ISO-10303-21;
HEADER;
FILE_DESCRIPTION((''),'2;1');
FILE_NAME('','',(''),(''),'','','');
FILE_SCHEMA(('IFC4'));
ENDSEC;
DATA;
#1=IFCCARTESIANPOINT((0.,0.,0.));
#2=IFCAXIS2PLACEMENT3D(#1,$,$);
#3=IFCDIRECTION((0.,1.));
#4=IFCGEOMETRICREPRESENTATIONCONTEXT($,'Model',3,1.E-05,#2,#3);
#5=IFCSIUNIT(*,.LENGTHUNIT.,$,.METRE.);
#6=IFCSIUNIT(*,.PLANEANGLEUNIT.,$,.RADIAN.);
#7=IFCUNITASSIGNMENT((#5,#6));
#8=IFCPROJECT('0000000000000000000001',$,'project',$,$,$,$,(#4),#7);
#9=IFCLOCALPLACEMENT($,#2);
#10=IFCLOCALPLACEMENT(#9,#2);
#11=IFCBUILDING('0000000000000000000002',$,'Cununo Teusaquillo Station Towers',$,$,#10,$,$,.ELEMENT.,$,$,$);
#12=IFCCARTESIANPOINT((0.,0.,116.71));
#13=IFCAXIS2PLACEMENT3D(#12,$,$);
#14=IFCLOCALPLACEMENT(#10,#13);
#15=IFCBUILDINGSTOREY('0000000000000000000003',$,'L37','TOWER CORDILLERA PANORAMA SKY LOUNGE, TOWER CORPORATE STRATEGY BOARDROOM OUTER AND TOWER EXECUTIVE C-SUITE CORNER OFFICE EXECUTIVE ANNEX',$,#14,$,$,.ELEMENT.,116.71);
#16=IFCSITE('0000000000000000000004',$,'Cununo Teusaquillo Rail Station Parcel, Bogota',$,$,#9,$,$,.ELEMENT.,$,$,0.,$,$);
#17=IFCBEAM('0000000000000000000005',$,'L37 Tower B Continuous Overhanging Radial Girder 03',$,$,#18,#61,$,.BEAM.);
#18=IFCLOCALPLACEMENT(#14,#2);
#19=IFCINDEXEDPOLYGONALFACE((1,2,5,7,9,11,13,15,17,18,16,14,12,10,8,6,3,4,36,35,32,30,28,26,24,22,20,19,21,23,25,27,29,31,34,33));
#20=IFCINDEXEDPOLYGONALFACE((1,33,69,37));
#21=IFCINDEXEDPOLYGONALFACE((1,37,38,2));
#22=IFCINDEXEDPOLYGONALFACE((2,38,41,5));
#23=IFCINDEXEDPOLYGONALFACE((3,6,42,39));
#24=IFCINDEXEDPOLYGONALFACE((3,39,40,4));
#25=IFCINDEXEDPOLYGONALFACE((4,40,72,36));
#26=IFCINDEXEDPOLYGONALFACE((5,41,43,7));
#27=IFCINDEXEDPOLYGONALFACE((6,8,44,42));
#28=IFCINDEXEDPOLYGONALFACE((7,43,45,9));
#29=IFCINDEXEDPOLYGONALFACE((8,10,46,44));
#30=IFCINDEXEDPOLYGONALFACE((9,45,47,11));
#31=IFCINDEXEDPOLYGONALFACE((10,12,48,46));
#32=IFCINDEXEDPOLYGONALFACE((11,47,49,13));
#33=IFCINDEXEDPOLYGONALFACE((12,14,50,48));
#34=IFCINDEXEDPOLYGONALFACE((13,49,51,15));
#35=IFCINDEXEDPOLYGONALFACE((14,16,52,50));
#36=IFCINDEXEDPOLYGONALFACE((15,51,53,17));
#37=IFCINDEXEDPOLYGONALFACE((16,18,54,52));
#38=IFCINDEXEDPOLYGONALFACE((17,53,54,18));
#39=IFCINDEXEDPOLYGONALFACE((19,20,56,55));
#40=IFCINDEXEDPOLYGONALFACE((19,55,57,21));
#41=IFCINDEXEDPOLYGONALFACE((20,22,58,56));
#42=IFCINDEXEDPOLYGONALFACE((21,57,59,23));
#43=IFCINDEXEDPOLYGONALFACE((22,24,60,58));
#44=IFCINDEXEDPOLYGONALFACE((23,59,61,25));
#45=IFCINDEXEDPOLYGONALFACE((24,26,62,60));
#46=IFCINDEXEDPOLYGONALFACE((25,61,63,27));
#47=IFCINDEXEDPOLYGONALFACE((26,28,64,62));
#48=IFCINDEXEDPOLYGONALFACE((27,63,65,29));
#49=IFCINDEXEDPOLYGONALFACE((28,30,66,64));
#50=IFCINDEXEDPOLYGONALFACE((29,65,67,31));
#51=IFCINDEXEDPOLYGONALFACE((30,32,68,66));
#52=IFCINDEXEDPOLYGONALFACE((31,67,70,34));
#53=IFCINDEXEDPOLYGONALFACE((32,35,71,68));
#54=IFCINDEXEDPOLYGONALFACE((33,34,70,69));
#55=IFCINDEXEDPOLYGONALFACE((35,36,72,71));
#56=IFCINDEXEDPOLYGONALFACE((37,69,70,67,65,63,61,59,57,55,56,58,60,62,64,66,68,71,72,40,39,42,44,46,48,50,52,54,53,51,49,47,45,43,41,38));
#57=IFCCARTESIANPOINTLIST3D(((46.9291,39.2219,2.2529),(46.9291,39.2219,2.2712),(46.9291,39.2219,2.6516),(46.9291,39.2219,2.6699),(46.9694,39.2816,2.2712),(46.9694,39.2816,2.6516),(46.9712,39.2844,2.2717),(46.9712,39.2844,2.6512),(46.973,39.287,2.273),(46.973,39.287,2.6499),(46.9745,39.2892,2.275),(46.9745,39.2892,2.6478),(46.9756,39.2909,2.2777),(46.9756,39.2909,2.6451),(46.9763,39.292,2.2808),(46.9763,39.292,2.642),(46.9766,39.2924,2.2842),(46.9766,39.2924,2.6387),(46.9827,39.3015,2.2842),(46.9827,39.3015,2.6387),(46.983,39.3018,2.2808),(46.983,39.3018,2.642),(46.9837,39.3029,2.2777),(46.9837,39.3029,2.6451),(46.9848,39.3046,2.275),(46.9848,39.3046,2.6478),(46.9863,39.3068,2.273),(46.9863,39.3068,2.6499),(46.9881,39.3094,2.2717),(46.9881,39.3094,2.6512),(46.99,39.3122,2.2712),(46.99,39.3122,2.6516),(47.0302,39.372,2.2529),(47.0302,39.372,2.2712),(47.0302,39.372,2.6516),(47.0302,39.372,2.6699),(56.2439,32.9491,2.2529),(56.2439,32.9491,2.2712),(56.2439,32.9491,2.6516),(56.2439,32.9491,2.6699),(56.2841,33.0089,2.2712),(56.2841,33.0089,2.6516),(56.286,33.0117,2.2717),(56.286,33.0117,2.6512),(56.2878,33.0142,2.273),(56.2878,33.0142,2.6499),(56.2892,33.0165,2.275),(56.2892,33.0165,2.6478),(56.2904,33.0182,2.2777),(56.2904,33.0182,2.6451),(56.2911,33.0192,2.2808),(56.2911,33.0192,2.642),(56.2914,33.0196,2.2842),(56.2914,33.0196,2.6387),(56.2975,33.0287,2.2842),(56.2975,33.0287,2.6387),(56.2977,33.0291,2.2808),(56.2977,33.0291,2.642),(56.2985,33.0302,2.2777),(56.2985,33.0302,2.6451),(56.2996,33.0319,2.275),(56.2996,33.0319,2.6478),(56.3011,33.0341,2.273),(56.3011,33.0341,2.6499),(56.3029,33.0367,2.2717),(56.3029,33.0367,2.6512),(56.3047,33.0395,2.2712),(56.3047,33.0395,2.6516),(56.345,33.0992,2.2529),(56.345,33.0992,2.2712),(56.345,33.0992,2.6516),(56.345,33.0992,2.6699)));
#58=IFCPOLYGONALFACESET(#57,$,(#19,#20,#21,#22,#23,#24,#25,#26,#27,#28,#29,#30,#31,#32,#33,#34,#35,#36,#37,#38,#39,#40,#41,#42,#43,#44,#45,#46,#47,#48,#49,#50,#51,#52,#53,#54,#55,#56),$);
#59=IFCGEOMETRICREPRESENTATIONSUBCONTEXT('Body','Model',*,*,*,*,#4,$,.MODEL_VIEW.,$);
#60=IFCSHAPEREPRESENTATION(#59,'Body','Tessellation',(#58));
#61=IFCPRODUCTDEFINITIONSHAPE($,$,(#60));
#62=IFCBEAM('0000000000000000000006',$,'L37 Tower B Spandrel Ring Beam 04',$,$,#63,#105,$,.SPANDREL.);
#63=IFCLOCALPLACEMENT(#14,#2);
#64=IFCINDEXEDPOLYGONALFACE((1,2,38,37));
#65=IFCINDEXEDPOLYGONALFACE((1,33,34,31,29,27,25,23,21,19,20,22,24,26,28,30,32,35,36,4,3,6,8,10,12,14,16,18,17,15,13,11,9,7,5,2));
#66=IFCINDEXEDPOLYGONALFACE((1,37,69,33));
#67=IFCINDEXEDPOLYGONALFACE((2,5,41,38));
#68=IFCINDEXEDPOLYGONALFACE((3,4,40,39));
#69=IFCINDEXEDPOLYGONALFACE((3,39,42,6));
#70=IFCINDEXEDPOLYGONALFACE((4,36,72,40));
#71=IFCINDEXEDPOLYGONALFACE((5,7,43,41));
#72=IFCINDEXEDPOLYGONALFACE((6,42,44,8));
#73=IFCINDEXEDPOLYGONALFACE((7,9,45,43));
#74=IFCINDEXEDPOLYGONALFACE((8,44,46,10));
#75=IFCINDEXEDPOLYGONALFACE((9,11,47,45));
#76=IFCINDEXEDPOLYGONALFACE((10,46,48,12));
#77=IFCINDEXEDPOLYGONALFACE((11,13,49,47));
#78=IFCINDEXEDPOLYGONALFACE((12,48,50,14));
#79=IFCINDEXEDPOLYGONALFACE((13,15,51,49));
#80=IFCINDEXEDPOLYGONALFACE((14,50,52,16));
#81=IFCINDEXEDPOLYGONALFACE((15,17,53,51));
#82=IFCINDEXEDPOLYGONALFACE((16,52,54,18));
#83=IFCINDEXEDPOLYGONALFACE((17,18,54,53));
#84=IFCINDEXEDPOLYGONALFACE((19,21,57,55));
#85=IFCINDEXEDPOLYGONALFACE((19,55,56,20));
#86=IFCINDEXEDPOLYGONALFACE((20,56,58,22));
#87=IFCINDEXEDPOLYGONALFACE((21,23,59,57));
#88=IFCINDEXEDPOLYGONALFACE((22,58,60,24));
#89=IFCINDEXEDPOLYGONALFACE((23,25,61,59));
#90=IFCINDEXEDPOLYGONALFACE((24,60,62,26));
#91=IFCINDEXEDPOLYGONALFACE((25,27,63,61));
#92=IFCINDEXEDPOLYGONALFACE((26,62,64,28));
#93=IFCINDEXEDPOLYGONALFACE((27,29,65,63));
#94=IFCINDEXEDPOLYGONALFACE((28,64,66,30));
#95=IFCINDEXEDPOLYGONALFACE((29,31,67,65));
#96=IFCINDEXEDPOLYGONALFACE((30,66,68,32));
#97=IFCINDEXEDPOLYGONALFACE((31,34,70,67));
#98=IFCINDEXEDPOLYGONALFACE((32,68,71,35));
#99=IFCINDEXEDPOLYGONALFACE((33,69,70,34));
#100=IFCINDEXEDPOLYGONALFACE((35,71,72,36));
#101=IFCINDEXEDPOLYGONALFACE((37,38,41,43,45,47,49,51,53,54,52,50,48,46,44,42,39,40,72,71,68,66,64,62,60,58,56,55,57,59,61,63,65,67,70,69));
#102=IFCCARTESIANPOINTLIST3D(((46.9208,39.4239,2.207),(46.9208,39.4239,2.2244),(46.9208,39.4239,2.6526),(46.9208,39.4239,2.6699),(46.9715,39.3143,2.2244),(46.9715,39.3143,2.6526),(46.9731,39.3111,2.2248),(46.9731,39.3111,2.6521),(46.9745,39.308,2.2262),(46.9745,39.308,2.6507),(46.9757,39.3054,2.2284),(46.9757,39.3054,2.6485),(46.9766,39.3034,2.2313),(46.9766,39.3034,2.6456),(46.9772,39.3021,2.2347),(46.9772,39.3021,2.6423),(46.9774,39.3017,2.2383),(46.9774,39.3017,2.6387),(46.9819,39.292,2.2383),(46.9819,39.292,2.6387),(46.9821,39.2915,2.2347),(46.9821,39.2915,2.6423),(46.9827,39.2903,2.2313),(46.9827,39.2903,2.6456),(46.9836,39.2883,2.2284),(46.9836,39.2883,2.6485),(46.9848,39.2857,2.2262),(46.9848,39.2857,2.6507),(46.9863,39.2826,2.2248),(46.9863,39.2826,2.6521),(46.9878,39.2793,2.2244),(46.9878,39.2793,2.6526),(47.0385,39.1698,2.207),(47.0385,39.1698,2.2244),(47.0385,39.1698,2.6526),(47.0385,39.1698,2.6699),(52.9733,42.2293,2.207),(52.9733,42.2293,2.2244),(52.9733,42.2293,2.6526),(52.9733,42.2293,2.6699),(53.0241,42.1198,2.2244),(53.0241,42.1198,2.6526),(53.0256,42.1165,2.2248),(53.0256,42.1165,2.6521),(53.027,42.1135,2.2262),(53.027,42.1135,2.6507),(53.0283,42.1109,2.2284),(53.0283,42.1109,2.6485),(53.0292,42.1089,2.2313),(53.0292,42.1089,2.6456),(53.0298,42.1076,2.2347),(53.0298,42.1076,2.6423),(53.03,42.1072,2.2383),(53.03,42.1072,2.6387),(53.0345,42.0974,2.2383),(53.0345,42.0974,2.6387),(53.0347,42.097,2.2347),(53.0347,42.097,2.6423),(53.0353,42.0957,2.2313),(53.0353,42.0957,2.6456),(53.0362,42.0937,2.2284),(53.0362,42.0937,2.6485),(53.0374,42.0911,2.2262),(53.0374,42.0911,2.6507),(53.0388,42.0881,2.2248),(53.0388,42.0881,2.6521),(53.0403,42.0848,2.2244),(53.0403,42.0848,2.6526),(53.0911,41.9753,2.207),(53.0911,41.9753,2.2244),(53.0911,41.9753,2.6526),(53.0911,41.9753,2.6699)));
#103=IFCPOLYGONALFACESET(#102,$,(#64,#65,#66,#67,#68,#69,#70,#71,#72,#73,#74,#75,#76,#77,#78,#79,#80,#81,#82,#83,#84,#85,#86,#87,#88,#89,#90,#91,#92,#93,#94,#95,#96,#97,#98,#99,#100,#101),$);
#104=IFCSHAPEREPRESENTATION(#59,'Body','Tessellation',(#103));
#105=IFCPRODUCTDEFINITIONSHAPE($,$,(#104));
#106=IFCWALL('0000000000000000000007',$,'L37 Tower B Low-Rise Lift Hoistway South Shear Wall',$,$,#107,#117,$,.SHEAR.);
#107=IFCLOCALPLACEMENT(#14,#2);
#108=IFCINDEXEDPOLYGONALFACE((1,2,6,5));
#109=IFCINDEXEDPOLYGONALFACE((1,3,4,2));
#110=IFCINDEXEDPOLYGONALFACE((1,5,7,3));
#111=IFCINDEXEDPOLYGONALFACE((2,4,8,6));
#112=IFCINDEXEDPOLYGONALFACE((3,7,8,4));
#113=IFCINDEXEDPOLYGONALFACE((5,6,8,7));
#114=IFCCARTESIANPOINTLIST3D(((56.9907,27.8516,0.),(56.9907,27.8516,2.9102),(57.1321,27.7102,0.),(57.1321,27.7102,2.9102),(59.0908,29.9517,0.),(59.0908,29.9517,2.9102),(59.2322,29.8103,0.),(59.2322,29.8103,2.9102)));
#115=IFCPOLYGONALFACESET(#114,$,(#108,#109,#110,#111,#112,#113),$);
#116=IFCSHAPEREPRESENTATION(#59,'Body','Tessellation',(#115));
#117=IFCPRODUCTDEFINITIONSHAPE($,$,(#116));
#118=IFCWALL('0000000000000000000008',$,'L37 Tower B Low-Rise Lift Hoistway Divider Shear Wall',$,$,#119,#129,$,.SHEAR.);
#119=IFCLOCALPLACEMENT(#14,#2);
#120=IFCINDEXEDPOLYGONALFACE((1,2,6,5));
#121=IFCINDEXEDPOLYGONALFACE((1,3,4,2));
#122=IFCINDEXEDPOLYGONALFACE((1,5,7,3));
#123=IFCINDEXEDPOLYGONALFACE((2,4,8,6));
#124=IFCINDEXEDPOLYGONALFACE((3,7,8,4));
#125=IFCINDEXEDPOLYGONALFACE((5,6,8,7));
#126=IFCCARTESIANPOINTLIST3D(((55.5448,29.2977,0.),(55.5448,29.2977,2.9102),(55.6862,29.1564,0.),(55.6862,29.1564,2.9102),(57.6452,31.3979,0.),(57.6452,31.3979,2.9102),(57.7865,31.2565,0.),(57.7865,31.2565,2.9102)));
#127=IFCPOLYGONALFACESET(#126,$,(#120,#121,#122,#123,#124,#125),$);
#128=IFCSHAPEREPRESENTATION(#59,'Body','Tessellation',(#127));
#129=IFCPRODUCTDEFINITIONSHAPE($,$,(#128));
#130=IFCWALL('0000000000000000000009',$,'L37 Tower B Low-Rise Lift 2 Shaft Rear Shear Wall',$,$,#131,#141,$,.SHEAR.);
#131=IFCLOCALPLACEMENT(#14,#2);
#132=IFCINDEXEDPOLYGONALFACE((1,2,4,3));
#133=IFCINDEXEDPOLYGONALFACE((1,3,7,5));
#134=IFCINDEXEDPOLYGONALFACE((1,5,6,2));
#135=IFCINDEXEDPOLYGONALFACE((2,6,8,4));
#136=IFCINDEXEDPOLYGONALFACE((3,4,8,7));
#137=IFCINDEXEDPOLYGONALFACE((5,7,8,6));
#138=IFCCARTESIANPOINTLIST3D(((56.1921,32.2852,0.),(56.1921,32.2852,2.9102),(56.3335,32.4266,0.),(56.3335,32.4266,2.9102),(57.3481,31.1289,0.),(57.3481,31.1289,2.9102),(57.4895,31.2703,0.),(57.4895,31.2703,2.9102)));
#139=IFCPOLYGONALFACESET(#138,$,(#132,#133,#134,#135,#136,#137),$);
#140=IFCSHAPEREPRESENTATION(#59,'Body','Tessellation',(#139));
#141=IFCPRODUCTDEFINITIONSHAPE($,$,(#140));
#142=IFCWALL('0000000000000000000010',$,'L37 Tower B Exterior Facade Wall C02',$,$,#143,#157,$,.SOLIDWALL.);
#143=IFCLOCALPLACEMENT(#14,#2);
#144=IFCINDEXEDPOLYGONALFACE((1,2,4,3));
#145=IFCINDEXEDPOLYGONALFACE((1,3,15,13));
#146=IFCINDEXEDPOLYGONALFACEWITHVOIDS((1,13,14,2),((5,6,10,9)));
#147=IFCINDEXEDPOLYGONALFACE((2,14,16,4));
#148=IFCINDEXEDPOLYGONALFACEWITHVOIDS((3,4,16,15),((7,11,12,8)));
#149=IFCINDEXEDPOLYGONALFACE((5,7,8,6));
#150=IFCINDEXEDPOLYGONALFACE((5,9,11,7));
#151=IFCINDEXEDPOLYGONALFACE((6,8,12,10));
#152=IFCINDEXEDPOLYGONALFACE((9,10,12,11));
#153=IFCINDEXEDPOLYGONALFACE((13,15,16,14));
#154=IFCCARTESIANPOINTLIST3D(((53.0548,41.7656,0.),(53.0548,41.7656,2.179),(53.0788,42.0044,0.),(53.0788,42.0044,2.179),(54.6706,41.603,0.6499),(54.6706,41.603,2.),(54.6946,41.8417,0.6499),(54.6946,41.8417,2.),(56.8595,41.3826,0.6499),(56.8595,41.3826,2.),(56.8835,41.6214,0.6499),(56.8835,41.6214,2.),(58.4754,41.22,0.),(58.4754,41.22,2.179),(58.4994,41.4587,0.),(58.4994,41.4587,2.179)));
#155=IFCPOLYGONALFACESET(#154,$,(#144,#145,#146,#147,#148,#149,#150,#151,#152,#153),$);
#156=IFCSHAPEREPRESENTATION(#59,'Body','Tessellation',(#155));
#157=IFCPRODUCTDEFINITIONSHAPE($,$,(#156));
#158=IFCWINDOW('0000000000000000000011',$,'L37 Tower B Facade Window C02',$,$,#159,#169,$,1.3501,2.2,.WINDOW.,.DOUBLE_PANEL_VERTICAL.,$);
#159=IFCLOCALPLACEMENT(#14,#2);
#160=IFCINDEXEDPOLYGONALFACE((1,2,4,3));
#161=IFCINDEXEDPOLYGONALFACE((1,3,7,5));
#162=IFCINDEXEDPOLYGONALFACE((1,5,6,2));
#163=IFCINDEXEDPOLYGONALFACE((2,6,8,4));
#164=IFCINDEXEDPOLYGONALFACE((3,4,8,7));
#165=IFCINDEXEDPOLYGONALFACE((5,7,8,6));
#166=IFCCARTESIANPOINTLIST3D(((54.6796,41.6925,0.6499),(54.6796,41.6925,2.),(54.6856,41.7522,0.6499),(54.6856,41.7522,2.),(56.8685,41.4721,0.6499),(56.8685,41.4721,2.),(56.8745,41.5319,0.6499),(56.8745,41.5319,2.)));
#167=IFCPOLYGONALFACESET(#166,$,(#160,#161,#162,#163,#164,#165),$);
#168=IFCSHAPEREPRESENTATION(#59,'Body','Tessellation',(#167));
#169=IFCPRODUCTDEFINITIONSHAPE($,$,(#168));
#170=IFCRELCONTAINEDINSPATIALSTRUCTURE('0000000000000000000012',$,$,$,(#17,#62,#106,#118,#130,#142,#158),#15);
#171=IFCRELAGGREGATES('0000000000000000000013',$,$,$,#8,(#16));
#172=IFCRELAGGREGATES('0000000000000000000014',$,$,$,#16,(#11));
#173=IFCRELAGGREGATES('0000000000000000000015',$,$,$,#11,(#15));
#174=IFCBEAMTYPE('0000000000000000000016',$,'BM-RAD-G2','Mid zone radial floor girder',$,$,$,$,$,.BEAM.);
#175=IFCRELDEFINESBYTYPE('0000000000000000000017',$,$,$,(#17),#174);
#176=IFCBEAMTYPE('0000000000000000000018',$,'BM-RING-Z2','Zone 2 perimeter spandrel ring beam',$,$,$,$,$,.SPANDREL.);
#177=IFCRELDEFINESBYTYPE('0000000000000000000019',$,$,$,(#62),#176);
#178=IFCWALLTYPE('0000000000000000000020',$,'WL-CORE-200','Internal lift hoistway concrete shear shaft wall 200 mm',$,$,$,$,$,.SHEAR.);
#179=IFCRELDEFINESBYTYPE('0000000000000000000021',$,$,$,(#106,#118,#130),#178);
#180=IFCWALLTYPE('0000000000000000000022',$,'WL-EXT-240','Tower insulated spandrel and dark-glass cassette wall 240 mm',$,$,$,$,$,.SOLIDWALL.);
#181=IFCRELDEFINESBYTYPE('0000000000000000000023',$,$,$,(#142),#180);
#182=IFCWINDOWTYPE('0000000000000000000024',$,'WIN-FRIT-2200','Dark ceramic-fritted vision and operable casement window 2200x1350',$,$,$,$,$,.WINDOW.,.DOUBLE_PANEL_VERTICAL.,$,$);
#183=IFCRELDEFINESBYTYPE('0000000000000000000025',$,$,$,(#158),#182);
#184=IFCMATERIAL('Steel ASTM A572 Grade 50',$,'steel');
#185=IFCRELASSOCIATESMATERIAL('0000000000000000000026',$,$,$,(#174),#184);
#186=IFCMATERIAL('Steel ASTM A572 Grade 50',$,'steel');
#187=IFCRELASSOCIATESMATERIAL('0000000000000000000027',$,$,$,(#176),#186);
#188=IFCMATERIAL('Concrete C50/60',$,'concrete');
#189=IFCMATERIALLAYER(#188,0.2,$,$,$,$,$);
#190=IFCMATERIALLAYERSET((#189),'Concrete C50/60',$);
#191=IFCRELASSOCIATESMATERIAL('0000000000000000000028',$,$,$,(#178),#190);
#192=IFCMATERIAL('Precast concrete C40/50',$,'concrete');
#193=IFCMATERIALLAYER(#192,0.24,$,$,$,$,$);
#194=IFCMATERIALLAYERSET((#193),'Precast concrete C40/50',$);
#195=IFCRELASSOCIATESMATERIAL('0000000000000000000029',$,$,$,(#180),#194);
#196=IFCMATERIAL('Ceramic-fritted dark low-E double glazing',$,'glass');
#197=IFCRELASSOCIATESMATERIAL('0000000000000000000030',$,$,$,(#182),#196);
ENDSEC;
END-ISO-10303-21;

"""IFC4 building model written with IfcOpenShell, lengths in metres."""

from ifc_helpers import new_model, si_unit, direction, frame, frame_2d, origin, origin_2d, place, context, subcontext, project, spatial, rectangle, i_section, extrude, source, transform, mapped, material, layer, layer_set, material_profile, profile_set, type_object, element, fill, save


model = new_model("IFC4")

# Units and contexts
model_context = context("Model", 3, precision=1e-05, world=origin(), true_north=direction((0.0, 1.0)))
body_context = subcontext(model_context, "Body", "Model", "MODEL_VIEW")
ifc_project = project(units=[si_unit("LENGTHUNIT", "METRE"), si_unit("PLANEANGLEUNIT", "RADIAN")], contexts=[model_context])

# Site, building, storey
site_placement = place(None, origin())
site = spatial("IfcSite", under=ifc_project, at=site_placement, Name="Cununo Teusaquillo Rail Station Parcel, Bogota", CompositionType="ELEMENT", RefElevation=0.0)
building_placement = place(site_placement, origin())
building = spatial("IfcBuilding", under=site, at=building_placement, Name="Cununo Teusaquillo Station Towers", CompositionType="ELEMENT")
storey_placement = place(building_placement, frame((0.0, 0.0, 116.71)))
storey = spatial("IfcBuildingStorey", under=building, at=storey_placement, Name="L37", Description="TOWER CORDILLERA PANORAMA SKY LOUNGE, TOWER CORPORATE STRATEGY BOARDROOM OUTER AND TOWER EXECUTIVE C-SUITE CORNER OFFICE EXECUTIVE ANNEX", CompositionType="ELEMENT", Elevation=116.71)

# Beams
ifc_material_1 = material(Name="Steel ASTM A572 Grade 50", Category="steel")
ifc_material_profile_1 = material_profile(ifc_material_1, i_section(OverallWidth=0.1809, OverallDepth=0.417, WebThickness=0.011, FlangeThickness=0.0183, FilletRadius=0.0129, at=origin_2d()), Name="W16X57")
ifc_profile_set_1 = profile_set([ifc_material_profile_1], Name="Steel ASTM A572 Grade 50")
beam_type_1 = type_object("IfcBeamType", Name="BM-RAD-G2", Description="Mid zone radial floor girder", PredefinedType="BEAM", material=ifc_profile_set_1)
beam_1_placement = place(storey_placement, frame((56.2944, 33.0242, 2.4614), z_axis=(-0.829456, 0.558572, 0.0), x_axis=(-0.558572, -0.829456, 0.0)))
element("IfcBeam", 1, at=beam_1_placement, inside=storey, type_object=beam_type_1, Name="L37 Tower B Continuous Overhanging Radial Girder 03", PredefinedType="BEAM", context=body_context, shape_type="SweptSolid", body=[
    extrude(i_section(OverallWidth=0.1809, OverallDepth=0.417, WebThickness=0.011, FlangeThickness=0.0183, FilletRadius=0.0129, at=origin_2d()), origin(), (0.0, 0.0, 1.0), 11.23),
])
ifc_material_2 = material(Name="Steel ASTM A572 Grade 50", Category="steel")
ifc_material_profile_2 = material_profile(ifc_material_2, i_section(OverallWidth=0.28, OverallDepth=0.4629, WebThickness=0.0107, FlangeThickness=0.0173, FilletRadius=0.0139, at=origin_2d()), Name="W18X76")
ifc_profile_set_2 = profile_set([ifc_material_profile_2], Name="Steel ASTM A572 Grade 50")
beam_type_2 = type_object("IfcBeamType", Name="BM-RING-Z2", Description="Zone 2 perimeter spandrel ring beam", PredefinedType="SPANDREL", material=ifc_profile_set_2)
beam_2_placement = place(storey_placement, frame((53.0322, 42.1023, 2.4385), z_axis=(-0.907276, -0.420536, 0.0), x_axis=(0.420536, -0.907276, 0.0)))
element("IfcBeam", 2, at=beam_2_placement, inside=storey, type_object=beam_type_2, Name="L37 Tower B Spandrel Ring Beam 04", PredefinedType="SPANDREL", context=body_context, shape_type="SweptSolid", body=[
    extrude(i_section(OverallWidth=0.28, OverallDepth=0.4629, WebThickness=0.0107, FlangeThickness=0.0173, FilletRadius=0.0139, at=origin_2d()), origin(), (0.0, 0.0, 1.0), 6.6711),
])

# Walls
ifc_material_3 = material(Name="Concrete C50/60", Category="concrete")
ifc_layer_1 = layer(ifc_material_3, 0.2)
ifc_layer_set_1 = layer_set([ifc_layer_1], Name="Concrete C50/60")
wall_type_1 = type_object("IfcWallType", Name="WL-CORE-200", Description="Internal lift hoistway concrete shear shaft wall 200 mm", PredefinedType="SHEAR", material=ifc_layer_set_1)
wall_1_placement = place(storey_placement, frame((57.0615, 27.781, 0.0), z_axis=(0.0, 0.0, 1.0), x_axis=(0.707107, 0.707107, 0.0)))
element("IfcWall", 3, at=wall_1_placement, inside=storey, type_object=wall_type_1, Name="L37 Tower B Low-Rise Lift Hoistway South Shear Wall", PredefinedType="SHEAR", context=body_context, shape_type="SweptSolid", body=[
    extrude(rectangle(XDim=2.97, YDim=0.2, at=frame_2d((1.4849, 0.0))), origin(), (0.0, 0.0, 1.0), 2.9102),
])
wall_2_placement = place(storey_placement, frame((55.6155, 29.2271, 0.0), z_axis=(0.0, 0.0, 1.0), x_axis=(0.707148, 0.707066, 0.0)))
element("IfcWall", 4, at=wall_2_placement, inside=storey, type_object=wall_type_1, Name="L37 Tower B Low-Rise Lift Hoistway Divider Shear Wall", PredefinedType="SHEAR", context=body_context, shape_type="SweptSolid", body=[
    extrude(rectangle(XDim=2.9702, YDim=0.2, at=frame_2d((1.4851, 0.0))), origin(), (0.0, 0.0, 1.0), 2.9102),
])
wall_3_placement = place(storey_placement, frame((57.4187, 31.1997, 0.0), z_axis=(0.0, 0.0, 1.0), x_axis=(-0.707032, 0.707181, 0.0)))
element("IfcWall", 5, at=wall_3_placement, inside=storey, type_object=wall_type_1, Name="L37 Tower B Low-Rise Lift 2 Shaft Rear Shear Wall", PredefinedType="SHEAR", context=body_context, shape_type="SweptSolid", body=[
    extrude(rectangle(XDim=1.635, YDim=0.2, at=frame_2d((0.8174, 0.0))), origin(), (0.0, 0.0, 1.0), 2.9102),
])

# Wall, opening, window
ifc_material_4 = material(Name="Precast concrete C40/50", Category="concrete")
ifc_layer_2 = layer(ifc_material_4, 0.24)
ifc_layer_set_2 = layer_set([ifc_layer_2], Name="Precast concrete C40/50")
wall_type_2 = type_object("IfcWallType", Name="WL-EXT-240", Description="Tower insulated spandrel and dark-glass cassette wall 240 mm", PredefinedType="SOLIDWALL", material=ifc_layer_set_2)
wall_4_placement = place(storey_placement, frame((53.0667, 41.885, 0.0), z_axis=(0.0, 0.0, 1.0), x_axis=(0.994972, -0.100156, 0.0)))
wall_4 = element("IfcWall", 6, at=wall_4_placement, inside=storey, type_object=wall_type_2, Name="L37 Tower B Exterior Facade Wall C02", PredefinedType="SOLIDWALL", context=body_context, shape_type="SweptSolid", body=[
    extrude(rectangle(XDim=5.448, YDim=0.24, at=frame_2d((2.7241, 0.0))), origin(), (0.0, 0.0, 1.0), 2.179),
])
shared_shape_1 = source(origin(), body_context, "Body", "SweptSolid", [
    extrude(rectangle(XDim=2.2, YDim=1.3501, at=frame_2d((1.1001, 0.675))), frame((0.0, 0.1299, 0.0), z_axis=(0.0, -1.0, 0.0), x_axis=(1.0, 0.0, 0.0)), (0.0, 0.0, 1.0), 0.26),
])
opening_1_placement = place(wall_4_placement, frame((1.624, 0.0, 0.6499)))
opening_1 = element("IfcOpeningElement", 7, at=opening_1_placement, cuts=wall_4, PredefinedType="OPENING", context=body_context, shape_type="MappedRepresentation", body=[
    mapped(shared_shape_1, transform((0.0, 0.0, 0.0), x_axis=(1.0, 0.0, 0.0), y_axis=(0.0, 1.0, 0.0), z_axis=(0.0, 0.0, 1.0), scale=1.0)),
])
ifc_material_5 = material(Name="Ceramic-fritted dark low-E double glazing", Category="glass")
window_type = type_object("IfcWindowType", Name="WIN-FRIT-2200", Description="Dark ceramic-fritted vision and operable casement window 2200x1350", PartitioningType="DOUBLE_PANEL_VERTICAL", PredefinedType="WINDOW", material=ifc_material_5)
shared_shape_2 = source(origin(), body_context, "Body", "SweptSolid", [
    extrude(rectangle(XDim=2.2, YDim=1.3501, at=frame_2d((1.1001, 0.675))), frame((0.0, 0.03, 0.0), z_axis=(0.0, -1.0, 0.0), x_axis=(1.0, 0.0, 0.0)), (0.0, 0.0, 1.0), 0.0601),
])
window_placement = place(opening_1_placement, origin())
window = element("IfcWindow", 8, at=window_placement, inside=storey, type_object=window_type, Name="L37 Tower B Facade Window C02", OverallHeight=1.3501, OverallWidth=2.2, PartitioningType="DOUBLE_PANEL_VERTICAL", PredefinedType="WINDOW", context=body_context, shape_type="MappedRepresentation", body=[
    mapped(shared_shape_2, transform((0.0, 0.0, 0.0), x_axis=(1.0, 0.0, 0.0), y_axis=(0.0, 1.0, 0.0), z_axis=(0.0, 0.0, 1.0), scale=1.0)),
])
fill(opening_1, window)

save(model, "model.ifc")
